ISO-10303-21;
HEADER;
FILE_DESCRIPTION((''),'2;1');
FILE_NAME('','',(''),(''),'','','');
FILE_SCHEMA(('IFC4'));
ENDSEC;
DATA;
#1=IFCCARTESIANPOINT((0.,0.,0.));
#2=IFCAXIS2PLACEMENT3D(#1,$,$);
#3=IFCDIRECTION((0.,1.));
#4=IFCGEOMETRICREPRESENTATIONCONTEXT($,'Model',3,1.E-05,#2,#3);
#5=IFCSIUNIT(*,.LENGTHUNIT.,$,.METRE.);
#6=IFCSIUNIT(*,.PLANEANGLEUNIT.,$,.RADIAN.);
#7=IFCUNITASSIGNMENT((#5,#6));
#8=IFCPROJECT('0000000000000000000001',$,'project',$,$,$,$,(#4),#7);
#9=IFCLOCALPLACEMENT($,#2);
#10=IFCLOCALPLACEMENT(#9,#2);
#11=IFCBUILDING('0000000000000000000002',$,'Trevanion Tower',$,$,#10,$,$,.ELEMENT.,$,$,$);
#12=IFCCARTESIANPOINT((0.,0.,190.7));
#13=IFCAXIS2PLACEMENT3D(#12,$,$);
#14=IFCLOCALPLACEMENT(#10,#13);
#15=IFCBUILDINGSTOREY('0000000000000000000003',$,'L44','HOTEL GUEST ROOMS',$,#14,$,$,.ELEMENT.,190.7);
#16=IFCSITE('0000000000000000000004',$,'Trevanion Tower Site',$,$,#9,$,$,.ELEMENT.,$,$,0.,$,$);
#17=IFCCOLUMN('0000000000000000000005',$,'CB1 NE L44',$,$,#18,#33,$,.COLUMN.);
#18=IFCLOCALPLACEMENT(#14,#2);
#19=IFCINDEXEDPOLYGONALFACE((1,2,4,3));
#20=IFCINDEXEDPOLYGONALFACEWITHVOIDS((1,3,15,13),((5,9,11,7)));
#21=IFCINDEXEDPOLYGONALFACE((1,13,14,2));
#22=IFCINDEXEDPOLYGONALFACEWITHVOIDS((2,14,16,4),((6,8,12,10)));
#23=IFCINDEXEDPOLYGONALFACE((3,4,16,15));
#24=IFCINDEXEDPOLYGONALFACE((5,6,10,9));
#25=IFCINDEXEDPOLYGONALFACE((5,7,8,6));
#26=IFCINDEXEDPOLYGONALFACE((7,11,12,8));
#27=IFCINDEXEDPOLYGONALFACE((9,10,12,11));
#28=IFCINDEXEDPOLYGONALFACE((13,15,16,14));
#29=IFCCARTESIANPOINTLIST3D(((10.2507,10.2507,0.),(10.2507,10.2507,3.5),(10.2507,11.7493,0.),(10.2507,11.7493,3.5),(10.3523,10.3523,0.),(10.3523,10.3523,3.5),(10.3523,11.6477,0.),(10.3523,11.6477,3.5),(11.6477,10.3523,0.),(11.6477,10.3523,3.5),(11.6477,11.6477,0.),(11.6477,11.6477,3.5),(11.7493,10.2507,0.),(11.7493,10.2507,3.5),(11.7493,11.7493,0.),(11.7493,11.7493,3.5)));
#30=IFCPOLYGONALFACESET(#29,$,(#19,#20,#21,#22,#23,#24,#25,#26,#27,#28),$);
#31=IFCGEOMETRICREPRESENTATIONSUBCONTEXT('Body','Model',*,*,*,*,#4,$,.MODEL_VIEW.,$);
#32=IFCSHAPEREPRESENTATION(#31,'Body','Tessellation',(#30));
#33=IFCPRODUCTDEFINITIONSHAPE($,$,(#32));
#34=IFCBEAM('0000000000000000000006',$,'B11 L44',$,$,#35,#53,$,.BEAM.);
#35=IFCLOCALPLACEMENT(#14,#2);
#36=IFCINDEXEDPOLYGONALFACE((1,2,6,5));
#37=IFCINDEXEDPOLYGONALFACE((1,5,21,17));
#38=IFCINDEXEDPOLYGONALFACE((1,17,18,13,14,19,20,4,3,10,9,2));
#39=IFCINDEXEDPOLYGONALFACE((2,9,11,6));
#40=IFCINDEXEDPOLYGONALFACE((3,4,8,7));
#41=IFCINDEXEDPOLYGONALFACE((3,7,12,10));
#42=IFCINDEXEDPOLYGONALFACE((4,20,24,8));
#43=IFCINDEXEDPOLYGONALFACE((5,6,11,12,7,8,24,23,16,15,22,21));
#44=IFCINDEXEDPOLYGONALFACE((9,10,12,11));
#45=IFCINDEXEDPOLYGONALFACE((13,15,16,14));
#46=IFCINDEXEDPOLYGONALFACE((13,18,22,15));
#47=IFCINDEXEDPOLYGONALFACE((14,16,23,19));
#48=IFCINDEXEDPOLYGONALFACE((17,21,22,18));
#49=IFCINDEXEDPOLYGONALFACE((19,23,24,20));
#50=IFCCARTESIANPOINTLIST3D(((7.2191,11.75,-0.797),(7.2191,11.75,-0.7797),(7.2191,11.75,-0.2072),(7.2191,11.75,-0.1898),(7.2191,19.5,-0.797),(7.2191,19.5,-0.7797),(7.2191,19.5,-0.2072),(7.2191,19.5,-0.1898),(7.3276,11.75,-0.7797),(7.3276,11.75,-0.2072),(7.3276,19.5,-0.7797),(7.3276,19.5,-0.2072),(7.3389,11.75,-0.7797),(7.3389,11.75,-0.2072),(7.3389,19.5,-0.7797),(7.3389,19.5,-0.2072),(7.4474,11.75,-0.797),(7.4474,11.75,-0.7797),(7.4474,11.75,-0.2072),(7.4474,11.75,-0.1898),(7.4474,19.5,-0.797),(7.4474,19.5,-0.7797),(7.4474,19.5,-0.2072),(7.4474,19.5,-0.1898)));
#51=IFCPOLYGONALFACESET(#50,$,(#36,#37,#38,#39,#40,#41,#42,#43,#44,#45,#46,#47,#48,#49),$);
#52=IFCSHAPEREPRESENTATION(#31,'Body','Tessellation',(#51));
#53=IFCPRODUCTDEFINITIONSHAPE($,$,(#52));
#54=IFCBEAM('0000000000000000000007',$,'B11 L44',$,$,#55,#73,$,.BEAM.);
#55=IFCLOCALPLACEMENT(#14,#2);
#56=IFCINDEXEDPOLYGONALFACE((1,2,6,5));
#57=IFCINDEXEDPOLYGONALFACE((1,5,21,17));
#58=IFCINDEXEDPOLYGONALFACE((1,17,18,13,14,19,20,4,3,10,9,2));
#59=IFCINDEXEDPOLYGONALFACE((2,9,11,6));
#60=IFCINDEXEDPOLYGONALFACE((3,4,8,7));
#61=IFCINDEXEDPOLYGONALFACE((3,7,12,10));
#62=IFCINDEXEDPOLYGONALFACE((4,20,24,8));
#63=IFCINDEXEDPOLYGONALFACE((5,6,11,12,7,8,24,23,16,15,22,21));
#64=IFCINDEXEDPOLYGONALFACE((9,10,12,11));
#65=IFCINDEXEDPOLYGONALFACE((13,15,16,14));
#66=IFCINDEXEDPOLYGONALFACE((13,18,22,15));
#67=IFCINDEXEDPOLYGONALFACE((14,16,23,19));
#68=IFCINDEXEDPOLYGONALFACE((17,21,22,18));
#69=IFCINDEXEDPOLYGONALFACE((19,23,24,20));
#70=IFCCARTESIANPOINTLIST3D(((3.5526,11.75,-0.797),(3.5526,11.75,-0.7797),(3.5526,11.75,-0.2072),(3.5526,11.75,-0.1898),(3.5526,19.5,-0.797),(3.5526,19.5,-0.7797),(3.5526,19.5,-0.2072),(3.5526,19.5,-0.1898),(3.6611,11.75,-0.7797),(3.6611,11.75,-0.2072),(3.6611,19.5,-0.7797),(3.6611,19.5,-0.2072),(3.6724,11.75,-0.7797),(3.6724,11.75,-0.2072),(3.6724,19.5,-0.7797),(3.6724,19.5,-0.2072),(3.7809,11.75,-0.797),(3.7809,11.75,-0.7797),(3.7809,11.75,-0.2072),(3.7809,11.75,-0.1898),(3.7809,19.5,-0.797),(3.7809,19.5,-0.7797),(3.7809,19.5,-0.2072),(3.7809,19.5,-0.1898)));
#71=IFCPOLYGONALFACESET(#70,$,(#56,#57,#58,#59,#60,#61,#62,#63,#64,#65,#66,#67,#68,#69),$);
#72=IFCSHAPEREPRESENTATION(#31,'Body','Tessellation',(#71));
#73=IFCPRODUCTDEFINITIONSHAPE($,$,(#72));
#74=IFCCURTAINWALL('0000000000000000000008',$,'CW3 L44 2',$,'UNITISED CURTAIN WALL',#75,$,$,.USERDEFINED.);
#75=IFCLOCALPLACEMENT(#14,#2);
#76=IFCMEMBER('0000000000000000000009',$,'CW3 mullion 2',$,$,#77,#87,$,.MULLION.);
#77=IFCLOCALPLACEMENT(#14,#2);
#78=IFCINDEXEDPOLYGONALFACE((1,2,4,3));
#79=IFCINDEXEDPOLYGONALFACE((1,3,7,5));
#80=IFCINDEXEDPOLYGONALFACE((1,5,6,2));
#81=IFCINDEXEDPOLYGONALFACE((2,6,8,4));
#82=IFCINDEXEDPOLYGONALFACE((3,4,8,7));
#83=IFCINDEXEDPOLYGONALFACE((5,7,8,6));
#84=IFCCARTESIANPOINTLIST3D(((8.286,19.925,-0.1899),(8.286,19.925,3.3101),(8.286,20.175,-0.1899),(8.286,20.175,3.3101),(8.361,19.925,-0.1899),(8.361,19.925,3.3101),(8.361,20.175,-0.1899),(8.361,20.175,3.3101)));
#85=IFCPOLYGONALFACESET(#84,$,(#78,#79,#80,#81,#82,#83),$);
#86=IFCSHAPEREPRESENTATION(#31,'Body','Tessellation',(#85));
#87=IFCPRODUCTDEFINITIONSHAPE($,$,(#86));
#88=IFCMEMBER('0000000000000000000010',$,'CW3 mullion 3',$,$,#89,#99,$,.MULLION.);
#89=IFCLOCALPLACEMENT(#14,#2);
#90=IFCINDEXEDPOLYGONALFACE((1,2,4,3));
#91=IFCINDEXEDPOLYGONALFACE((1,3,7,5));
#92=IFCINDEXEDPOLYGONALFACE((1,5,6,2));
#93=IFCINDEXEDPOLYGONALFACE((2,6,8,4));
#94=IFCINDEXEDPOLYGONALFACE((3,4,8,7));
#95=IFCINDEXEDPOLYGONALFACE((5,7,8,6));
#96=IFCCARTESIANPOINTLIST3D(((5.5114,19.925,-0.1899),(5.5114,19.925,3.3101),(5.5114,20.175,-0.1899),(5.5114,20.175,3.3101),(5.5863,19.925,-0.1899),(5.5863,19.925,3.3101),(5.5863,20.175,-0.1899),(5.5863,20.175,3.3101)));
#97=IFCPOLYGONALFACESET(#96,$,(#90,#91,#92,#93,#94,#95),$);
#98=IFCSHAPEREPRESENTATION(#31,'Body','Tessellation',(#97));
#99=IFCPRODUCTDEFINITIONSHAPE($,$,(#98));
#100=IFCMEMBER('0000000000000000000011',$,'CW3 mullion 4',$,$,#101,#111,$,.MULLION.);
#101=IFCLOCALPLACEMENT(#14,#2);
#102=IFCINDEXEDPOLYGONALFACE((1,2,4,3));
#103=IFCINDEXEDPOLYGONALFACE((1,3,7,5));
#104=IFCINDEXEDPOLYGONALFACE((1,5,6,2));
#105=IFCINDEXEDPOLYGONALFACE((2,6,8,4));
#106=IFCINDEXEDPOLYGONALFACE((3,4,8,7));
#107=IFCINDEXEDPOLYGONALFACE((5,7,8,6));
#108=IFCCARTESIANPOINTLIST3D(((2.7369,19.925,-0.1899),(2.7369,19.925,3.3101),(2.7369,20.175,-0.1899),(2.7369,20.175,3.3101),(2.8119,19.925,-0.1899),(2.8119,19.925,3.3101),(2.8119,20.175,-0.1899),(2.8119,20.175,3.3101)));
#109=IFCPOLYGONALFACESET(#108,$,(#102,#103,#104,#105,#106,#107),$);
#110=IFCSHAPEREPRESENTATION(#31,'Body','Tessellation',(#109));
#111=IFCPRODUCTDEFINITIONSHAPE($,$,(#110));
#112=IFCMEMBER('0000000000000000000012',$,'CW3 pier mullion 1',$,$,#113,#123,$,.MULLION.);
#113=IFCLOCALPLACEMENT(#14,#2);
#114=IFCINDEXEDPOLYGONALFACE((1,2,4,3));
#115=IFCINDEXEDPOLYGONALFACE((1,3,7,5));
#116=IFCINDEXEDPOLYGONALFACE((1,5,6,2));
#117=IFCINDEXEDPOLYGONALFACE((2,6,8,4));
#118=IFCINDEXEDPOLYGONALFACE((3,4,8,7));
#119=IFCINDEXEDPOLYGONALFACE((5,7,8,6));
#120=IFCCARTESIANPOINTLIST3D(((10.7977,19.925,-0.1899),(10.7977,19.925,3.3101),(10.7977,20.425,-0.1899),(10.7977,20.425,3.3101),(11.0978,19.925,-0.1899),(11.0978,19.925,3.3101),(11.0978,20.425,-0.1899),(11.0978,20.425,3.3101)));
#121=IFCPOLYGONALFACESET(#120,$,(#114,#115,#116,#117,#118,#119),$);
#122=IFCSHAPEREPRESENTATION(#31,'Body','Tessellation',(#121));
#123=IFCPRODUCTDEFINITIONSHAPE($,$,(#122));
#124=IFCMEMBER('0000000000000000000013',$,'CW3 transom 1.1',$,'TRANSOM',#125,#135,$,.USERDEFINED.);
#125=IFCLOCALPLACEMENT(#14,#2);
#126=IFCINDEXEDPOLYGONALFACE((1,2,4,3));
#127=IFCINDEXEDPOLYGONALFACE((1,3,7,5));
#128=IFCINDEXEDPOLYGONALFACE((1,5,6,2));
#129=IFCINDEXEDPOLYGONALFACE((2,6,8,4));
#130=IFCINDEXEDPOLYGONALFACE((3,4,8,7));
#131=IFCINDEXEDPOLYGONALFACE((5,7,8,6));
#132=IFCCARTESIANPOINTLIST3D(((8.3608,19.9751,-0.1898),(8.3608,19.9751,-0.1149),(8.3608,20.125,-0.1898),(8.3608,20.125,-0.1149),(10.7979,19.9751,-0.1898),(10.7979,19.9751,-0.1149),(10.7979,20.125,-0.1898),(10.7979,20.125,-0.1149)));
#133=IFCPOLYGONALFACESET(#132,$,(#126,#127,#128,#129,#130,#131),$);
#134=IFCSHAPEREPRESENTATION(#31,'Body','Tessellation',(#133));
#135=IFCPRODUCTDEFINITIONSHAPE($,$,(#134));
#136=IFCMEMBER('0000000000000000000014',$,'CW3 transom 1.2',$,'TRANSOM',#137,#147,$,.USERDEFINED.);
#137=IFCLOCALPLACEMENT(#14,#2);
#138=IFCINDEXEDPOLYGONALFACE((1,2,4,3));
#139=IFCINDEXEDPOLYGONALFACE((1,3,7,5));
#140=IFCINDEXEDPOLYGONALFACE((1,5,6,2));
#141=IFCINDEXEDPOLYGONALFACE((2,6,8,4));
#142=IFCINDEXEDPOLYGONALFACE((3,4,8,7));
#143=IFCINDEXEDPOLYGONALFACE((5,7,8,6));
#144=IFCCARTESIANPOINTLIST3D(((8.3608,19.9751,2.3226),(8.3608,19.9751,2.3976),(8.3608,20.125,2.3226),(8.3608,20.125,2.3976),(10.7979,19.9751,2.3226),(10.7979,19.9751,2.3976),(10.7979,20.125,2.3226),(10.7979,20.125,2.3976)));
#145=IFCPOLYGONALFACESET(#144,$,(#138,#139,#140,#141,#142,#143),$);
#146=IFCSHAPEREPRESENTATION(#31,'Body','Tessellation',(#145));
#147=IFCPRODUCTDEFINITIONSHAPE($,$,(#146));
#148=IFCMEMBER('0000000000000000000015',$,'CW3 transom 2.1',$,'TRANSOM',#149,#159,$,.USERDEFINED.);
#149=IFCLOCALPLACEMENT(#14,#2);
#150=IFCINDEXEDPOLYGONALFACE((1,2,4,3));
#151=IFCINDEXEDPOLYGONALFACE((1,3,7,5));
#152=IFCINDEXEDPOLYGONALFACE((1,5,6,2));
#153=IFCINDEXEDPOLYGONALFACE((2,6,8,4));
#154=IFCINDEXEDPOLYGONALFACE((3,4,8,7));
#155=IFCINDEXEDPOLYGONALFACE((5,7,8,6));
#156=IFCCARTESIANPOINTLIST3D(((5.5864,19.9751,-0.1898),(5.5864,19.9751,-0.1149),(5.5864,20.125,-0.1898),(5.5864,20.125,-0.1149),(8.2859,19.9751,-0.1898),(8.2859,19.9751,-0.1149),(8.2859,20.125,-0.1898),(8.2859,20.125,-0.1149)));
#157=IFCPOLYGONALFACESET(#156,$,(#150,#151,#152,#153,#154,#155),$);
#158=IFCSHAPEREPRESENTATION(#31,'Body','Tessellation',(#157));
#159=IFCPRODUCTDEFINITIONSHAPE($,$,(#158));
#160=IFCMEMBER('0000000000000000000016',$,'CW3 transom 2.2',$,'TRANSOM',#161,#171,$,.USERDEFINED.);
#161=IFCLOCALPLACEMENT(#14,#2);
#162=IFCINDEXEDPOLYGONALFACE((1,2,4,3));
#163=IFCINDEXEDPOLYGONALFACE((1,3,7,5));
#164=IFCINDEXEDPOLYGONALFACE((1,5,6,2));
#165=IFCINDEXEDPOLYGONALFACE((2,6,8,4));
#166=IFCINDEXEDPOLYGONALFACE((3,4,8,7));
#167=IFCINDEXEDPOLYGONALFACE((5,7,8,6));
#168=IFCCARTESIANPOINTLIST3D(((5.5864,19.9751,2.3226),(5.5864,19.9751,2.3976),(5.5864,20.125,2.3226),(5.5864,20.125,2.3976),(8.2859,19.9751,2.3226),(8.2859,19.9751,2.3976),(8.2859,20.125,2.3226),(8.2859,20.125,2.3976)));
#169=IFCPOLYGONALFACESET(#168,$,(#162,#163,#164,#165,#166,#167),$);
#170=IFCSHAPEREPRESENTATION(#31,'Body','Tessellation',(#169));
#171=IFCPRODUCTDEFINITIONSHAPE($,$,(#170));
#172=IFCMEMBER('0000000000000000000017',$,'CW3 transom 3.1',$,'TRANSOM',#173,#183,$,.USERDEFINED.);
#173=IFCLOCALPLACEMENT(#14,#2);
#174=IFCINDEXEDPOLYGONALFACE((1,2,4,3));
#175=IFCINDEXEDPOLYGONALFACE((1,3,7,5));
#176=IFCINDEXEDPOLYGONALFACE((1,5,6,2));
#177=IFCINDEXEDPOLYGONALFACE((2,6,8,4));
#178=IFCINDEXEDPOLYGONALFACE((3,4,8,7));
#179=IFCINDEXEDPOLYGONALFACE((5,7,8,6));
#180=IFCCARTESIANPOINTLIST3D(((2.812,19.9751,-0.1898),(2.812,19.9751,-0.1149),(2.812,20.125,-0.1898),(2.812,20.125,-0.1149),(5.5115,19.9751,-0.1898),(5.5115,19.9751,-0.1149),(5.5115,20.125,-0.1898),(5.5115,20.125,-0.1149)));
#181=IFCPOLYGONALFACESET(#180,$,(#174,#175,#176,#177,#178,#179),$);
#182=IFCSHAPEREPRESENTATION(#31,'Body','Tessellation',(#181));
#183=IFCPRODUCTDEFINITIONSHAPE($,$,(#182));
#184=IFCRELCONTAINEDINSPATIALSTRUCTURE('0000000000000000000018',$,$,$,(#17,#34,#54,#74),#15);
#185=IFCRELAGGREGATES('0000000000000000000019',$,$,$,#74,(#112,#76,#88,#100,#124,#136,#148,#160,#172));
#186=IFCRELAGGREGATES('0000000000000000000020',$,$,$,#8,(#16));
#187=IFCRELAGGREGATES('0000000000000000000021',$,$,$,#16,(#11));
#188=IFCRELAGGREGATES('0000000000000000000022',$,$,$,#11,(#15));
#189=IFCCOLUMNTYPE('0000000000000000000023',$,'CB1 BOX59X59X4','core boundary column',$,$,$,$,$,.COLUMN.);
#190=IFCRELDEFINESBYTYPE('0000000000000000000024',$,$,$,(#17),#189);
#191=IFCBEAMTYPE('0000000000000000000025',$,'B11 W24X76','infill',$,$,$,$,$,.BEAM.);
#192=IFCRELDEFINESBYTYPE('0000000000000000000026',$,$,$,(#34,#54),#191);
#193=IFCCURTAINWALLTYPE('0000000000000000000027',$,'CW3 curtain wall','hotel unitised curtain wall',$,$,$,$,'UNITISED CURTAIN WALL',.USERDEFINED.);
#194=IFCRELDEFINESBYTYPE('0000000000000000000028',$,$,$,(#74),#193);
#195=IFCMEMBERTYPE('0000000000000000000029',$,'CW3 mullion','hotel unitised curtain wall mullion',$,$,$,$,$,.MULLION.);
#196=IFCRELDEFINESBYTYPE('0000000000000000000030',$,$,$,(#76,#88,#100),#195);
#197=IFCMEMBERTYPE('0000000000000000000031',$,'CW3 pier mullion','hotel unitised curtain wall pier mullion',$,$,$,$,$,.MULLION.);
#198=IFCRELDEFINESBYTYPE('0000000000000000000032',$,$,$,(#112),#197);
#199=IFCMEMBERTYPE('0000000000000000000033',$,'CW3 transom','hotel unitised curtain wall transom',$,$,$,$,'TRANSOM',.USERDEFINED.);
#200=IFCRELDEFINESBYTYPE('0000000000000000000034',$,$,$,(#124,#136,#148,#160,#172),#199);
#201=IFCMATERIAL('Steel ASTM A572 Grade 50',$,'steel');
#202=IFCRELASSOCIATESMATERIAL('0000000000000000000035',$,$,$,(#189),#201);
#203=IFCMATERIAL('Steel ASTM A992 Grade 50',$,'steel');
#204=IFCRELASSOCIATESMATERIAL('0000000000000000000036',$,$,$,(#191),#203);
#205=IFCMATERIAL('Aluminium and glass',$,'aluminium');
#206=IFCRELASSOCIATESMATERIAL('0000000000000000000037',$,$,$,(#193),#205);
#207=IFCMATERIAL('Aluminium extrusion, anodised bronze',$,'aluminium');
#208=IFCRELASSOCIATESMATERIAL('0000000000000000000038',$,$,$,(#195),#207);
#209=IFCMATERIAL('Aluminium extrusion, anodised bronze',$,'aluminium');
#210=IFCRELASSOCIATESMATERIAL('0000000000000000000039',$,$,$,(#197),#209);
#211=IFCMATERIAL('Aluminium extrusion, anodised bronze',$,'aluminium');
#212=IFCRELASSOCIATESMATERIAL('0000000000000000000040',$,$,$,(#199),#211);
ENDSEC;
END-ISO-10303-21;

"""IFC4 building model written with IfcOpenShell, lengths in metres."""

from ifc_helpers import new_model, si_unit, direction, frame, origin, origin_2d, place, context, subcontext, project, spatial, rectangle, hollow_rectangle, i_section, extrude, material, material_profile, profile_set, type_object, element, aggregate, save


model = new_model("IFC4")

# Units and contexts
model_context = context("Model", 3, precision=1e-05, world=origin(), true_north=direction((0.0, 1.0)))
body_context = subcontext(model_context, "Body", "Model", "MODEL_VIEW")
ifc_project = project(units=[si_unit("LENGTHUNIT", "METRE"), si_unit("PLANEANGLEUNIT", "RADIAN")], contexts=[model_context])

# Site, building, storey
site_placement = place(None, origin())
site = spatial("IfcSite", under=ifc_project, at=site_placement, Name="Trevanion Tower Site", CompositionType="ELEMENT", RefElevation=0.0)
building_placement = place(site_placement, origin())
building = spatial("IfcBuilding", under=site, at=building_placement, Name="Trevanion Tower", CompositionType="ELEMENT")
storey_placement = place(building_placement, frame((0.0, 0.0, 190.7)))
storey = spatial("IfcBuildingStorey", under=building, at=storey_placement, Name="L44", Description="HOTEL GUEST ROOMS", CompositionType="ELEMENT", Elevation=190.7)

# Column
ifc_material_1 = material(Name="Steel ASTM A572 Grade 50", Category="steel")
ifc_material_profile_1 = material_profile(ifc_material_1, hollow_rectangle(XDim=1.4985, YDim=1.4985, WallThickness=0.1016, at=origin_2d()), Name="BOX59X59X4")
ifc_profile_set_1 = profile_set([ifc_material_profile_1], Name="Steel ASTM A572 Grade 50")
column_type = type_object("IfcColumnType", Name="CB1 BOX59X59X4", Description="core boundary column", PredefinedType="COLUMN", material=ifc_profile_set_1)
column_placement = place(storey_placement, frame((11.0, 11.0, 0.0), z_axis=(0.0, 0.0, 1.0), x_axis=(1.0, 0.0, 0.0)))
element("IfcColumn", 1, at=column_placement, inside=storey, type_object=column_type, Name="CB1 NE L44", PredefinedType="COLUMN", context=body_context, shape_type="SweptSolid", body=[
    extrude(hollow_rectangle(XDim=1.4985, YDim=1.4985, WallThickness=0.1016, at=origin_2d()), origin(), (0.0, 0.0, 1.0), 3.5),
])

# Beams
ifc_material_2 = material(Name="Steel ASTM A992 Grade 50", Category="steel")
ifc_material_profile_2 = material_profile(ifc_material_2, i_section(OverallWidth=0.2283, OverallDepth=0.6072, WebThickness=0.0112, FlangeThickness=0.0173, at=origin_2d()), Name="W24X76")
ifc_profile_set_2 = profile_set([ifc_material_profile_2], Name="Steel ASTM A992 Grade 50")
beam_type_1 = type_object("IfcBeamType", Name="B11 W24X76", Description="infill", PredefinedType="BEAM", material=ifc_profile_set_2)
for number, where, z_axis, x_axis, name in (
    (2, (7.3333, 11.75, -0.4934), (0.0, 1.0, 0.0), (-1.0, 0.0, 0.0), "B11 L44"),
    (3, (3.6667, 11.75, -0.4934), (0.0, 1.0, 0.0), (-1.0, 0.0, 0.0), "B11 L44"),
):
    element("IfcBeam", number, at=place(storey_placement, frame(where, z_axis=z_axis, x_axis=x_axis)), inside=storey, type_object=beam_type_1, Name=name, PredefinedType="BEAM", context=body_context, shape_type="SweptSolid", body=[
        extrude(i_section(OverallWidth=0.2283, OverallDepth=0.6072, WebThickness=0.0112, FlangeThickness=0.0173, at=origin_2d()), origin(), (0.0, 0.0, 1.0), 7.75),
    ])

# Curtain wall, members
ifc_material_3 = material(Name="Aluminium and glass", Category="aluminium")
curtain_wall_type = type_object("IfcCurtainWallType", Name="CW3 curtain wall", Description="hotel unitised curtain wall", ElementType="UNITISED CURTAIN WALL", PredefinedType="USERDEFINED", material=ifc_material_3)
curtain_wall_placement = place(storey_placement, origin())
curtain_wall = element("IfcCurtainWall", 4, at=curtain_wall_placement, inside=storey, type_object=curtain_wall_type, Name="CW3 L44 2", ObjectType="UNITISED CURTAIN WALL", PredefinedType="USERDEFINED")
ifc_material_4 = material(Name="Aluminium extrusion, anodised bronze", Category="aluminium")
ifc_material_profile_3 = material_profile(ifc_material_4, rectangle(XDim=0.075, YDim=0.25, at=origin_2d()), Name="CW3 mullion")
ifc_profile_set_3 = profile_set([ifc_material_profile_3], Name="Aluminium extrusion, anodised bronze")
member_type_1 = type_object("IfcMemberType", Name="CW3 mullion", Description="hotel unitised curtain wall mullion", PredefinedType="MULLION", material=ifc_profile_set_3)
member_1_placement = place(storey_placement, frame((8.3235, 20.05, -0.1899), z_axis=(0.0, 0.0, 1.0), x_axis=(-1.0, 0.0, 0.0)))
member_1 = element("IfcMember", 5, at=member_1_placement, type_object=member_type_1, Name="CW3 mullion 2", PredefinedType="MULLION", context=body_context, shape_type="SweptSolid", body=[
    extrude(rectangle(XDim=0.075, YDim=0.25, at=origin_2d()), origin(), (0.0, 0.0, 1.0), 3.5),
])
member_2_placement = place(storey_placement, frame((5.5488, 20.05, -0.1899), z_axis=(0.0, 0.0, 1.0), x_axis=(-1.0, 0.0, 0.0)))
member_2 = element("IfcMember", 6, at=member_2_placement, type_object=member_type_1, Name="CW3 mullion 3", PredefinedType="MULLION", context=body_context, shape_type="SweptSolid", body=[
    extrude(rectangle(XDim=0.075, YDim=0.25, at=origin_2d()), origin(), (0.0, 0.0, 1.0), 3.5),
])
member_3_placement = place(storey_placement, frame((2.7744, 20.05, -0.1899), z_axis=(0.0, 0.0, 1.0), x_axis=(-1.0, 0.0, 0.0)))
member_3 = element("IfcMember", 7, at=member_3_placement, type_object=member_type_1, Name="CW3 mullion 4", PredefinedType="MULLION", context=body_context, shape_type="SweptSolid", body=[
    extrude(rectangle(XDim=0.075, YDim=0.25, at=origin_2d()), origin(), (0.0, 0.0, 1.0), 3.5),
])
ifc_material_5 = material(Name="Aluminium extrusion, anodised bronze", Category="aluminium")
ifc_material_profile_4 = material_profile(ifc_material_5, rectangle(XDim=0.3, YDim=0.5, at=origin_2d()), Name="CW3 pier mullion")
ifc_profile_set_4 = profile_set([ifc_material_profile_4], Name="Aluminium extrusion, anodised bronze")
member_type_2 = type_object("IfcMemberType", Name="CW3 pier mullion", Description="hotel unitised curtain wall pier mullion", PredefinedType="MULLION", material=ifc_profile_set_4)
member_4_placement = place(storey_placement, frame((10.9478, 20.175, -0.1899), z_axis=(0.0, 0.0, 1.0), x_axis=(-1.0, 0.0, 0.0)))
member_4 = element("IfcMember", 8, at=member_4_placement, type_object=member_type_2, Name="CW3 pier mullion 1", PredefinedType="MULLION", context=body_context, shape_type="SweptSolid", body=[
    extrude(rectangle(XDim=0.3, YDim=0.5, at=origin_2d()), origin(), (0.0, 0.0, 1.0), 3.5),
])
ifc_material_6 = material(Name="Aluminium extrusion, anodised bronze", Category="aluminium")
ifc_material_profile_5 = material_profile(ifc_material_6, rectangle(XDim=0.1499, YDim=0.075, at=origin_2d()), Name="CW3 transom")
ifc_profile_set_5 = profile_set([ifc_material_profile_5], Name="Aluminium extrusion, anodised bronze")
member_type_3 = type_object("IfcMemberType", Name="CW3 transom", Description="hotel unitised curtain wall transom", ElementType="TRANSOM", PredefinedType="USERDEFINED", material=ifc_profile_set_5)
member_5_placement = place(storey_placement, frame((10.7979, 20.05, -0.1523), z_axis=(-1.0, 0.0, 0.0), x_axis=(0.0, -1.0, 0.0)))
member_5 = element("IfcMember", 9, at=member_5_placement, type_object=member_type_3, Name="CW3 transom 1.1", ObjectType="TRANSOM", PredefinedType="USERDEFINED", context=body_context, shape_type="SweptSolid", body=[
    extrude(rectangle(XDim=0.1499, YDim=0.075, at=origin_2d()), origin(), (0.0, 0.0, 1.0), 2.437),
])
member_6_placement = place(storey_placement, frame((10.7979, 20.05, 2.3601), z_axis=(-1.0, 0.0, 0.0), x_axis=(0.0, -1.0, 0.0)))
member_6 = element("IfcMember", 10, at=member_6_placement, type_object=member_type_3, Name="CW3 transom 1.2", ObjectType="TRANSOM", PredefinedType="USERDEFINED", context=body_context, shape_type="SweptSolid", body=[
    extrude(rectangle(XDim=0.1499, YDim=0.075, at=origin_2d()), origin(), (0.0, 0.0, 1.0), 2.437),
])
member_7_placement = place(storey_placement, frame((8.2859, 20.05, -0.1523), z_axis=(-1.0, 0.0, 0.0), x_axis=(0.0, -1.0, 0.0)))
member_7 = element("IfcMember", 11, at=member_7_placement, type_object=member_type_3, Name="CW3 transom 2.1", ObjectType="TRANSOM", PredefinedType="USERDEFINED", context=body_context, shape_type="SweptSolid", body=[
    extrude(rectangle(XDim=0.1499, YDim=0.075, at=origin_2d()), origin(), (0.0, 0.0, 1.0), 2.6995),
])
member_8_placement = place(storey_placement, frame((8.2859, 20.05, 2.3601), z_axis=(-1.0, 0.0, 0.0), x_axis=(0.0, -1.0, 0.0)))
member_8 = element("IfcMember", 12, at=member_8_placement, type_object=member_type_3, Name="CW3 transom 2.2", ObjectType="TRANSOM", PredefinedType="USERDEFINED", context=body_context, shape_type="SweptSolid", body=[
    extrude(rectangle(XDim=0.1499, YDim=0.075, at=origin_2d()), origin(), (0.0, 0.0, 1.0), 2.6995),
])
member_9_placement = place(storey_placement, frame((5.5115, 20.05, -0.1523), z_axis=(-1.0, 0.0, 0.0), x_axis=(0.0, -1.0, 0.0)))
member_9 = element("IfcMember", 13, at=member_9_placement, type_object=member_type_3, Name="CW3 transom 3.1", ObjectType="TRANSOM", PredefinedType="USERDEFINED", context=body_context, shape_type="SweptSolid", body=[
    extrude(rectangle(XDim=0.1499, YDim=0.075, at=origin_2d()), origin(), (0.0, 0.0, 1.0), 2.6995),
])

aggregate(curtain_wall, [member_4, member_1, member_2, member_3, member_5, member_6, member_7, member_8, member_9])

save(model, "model.ifc")
